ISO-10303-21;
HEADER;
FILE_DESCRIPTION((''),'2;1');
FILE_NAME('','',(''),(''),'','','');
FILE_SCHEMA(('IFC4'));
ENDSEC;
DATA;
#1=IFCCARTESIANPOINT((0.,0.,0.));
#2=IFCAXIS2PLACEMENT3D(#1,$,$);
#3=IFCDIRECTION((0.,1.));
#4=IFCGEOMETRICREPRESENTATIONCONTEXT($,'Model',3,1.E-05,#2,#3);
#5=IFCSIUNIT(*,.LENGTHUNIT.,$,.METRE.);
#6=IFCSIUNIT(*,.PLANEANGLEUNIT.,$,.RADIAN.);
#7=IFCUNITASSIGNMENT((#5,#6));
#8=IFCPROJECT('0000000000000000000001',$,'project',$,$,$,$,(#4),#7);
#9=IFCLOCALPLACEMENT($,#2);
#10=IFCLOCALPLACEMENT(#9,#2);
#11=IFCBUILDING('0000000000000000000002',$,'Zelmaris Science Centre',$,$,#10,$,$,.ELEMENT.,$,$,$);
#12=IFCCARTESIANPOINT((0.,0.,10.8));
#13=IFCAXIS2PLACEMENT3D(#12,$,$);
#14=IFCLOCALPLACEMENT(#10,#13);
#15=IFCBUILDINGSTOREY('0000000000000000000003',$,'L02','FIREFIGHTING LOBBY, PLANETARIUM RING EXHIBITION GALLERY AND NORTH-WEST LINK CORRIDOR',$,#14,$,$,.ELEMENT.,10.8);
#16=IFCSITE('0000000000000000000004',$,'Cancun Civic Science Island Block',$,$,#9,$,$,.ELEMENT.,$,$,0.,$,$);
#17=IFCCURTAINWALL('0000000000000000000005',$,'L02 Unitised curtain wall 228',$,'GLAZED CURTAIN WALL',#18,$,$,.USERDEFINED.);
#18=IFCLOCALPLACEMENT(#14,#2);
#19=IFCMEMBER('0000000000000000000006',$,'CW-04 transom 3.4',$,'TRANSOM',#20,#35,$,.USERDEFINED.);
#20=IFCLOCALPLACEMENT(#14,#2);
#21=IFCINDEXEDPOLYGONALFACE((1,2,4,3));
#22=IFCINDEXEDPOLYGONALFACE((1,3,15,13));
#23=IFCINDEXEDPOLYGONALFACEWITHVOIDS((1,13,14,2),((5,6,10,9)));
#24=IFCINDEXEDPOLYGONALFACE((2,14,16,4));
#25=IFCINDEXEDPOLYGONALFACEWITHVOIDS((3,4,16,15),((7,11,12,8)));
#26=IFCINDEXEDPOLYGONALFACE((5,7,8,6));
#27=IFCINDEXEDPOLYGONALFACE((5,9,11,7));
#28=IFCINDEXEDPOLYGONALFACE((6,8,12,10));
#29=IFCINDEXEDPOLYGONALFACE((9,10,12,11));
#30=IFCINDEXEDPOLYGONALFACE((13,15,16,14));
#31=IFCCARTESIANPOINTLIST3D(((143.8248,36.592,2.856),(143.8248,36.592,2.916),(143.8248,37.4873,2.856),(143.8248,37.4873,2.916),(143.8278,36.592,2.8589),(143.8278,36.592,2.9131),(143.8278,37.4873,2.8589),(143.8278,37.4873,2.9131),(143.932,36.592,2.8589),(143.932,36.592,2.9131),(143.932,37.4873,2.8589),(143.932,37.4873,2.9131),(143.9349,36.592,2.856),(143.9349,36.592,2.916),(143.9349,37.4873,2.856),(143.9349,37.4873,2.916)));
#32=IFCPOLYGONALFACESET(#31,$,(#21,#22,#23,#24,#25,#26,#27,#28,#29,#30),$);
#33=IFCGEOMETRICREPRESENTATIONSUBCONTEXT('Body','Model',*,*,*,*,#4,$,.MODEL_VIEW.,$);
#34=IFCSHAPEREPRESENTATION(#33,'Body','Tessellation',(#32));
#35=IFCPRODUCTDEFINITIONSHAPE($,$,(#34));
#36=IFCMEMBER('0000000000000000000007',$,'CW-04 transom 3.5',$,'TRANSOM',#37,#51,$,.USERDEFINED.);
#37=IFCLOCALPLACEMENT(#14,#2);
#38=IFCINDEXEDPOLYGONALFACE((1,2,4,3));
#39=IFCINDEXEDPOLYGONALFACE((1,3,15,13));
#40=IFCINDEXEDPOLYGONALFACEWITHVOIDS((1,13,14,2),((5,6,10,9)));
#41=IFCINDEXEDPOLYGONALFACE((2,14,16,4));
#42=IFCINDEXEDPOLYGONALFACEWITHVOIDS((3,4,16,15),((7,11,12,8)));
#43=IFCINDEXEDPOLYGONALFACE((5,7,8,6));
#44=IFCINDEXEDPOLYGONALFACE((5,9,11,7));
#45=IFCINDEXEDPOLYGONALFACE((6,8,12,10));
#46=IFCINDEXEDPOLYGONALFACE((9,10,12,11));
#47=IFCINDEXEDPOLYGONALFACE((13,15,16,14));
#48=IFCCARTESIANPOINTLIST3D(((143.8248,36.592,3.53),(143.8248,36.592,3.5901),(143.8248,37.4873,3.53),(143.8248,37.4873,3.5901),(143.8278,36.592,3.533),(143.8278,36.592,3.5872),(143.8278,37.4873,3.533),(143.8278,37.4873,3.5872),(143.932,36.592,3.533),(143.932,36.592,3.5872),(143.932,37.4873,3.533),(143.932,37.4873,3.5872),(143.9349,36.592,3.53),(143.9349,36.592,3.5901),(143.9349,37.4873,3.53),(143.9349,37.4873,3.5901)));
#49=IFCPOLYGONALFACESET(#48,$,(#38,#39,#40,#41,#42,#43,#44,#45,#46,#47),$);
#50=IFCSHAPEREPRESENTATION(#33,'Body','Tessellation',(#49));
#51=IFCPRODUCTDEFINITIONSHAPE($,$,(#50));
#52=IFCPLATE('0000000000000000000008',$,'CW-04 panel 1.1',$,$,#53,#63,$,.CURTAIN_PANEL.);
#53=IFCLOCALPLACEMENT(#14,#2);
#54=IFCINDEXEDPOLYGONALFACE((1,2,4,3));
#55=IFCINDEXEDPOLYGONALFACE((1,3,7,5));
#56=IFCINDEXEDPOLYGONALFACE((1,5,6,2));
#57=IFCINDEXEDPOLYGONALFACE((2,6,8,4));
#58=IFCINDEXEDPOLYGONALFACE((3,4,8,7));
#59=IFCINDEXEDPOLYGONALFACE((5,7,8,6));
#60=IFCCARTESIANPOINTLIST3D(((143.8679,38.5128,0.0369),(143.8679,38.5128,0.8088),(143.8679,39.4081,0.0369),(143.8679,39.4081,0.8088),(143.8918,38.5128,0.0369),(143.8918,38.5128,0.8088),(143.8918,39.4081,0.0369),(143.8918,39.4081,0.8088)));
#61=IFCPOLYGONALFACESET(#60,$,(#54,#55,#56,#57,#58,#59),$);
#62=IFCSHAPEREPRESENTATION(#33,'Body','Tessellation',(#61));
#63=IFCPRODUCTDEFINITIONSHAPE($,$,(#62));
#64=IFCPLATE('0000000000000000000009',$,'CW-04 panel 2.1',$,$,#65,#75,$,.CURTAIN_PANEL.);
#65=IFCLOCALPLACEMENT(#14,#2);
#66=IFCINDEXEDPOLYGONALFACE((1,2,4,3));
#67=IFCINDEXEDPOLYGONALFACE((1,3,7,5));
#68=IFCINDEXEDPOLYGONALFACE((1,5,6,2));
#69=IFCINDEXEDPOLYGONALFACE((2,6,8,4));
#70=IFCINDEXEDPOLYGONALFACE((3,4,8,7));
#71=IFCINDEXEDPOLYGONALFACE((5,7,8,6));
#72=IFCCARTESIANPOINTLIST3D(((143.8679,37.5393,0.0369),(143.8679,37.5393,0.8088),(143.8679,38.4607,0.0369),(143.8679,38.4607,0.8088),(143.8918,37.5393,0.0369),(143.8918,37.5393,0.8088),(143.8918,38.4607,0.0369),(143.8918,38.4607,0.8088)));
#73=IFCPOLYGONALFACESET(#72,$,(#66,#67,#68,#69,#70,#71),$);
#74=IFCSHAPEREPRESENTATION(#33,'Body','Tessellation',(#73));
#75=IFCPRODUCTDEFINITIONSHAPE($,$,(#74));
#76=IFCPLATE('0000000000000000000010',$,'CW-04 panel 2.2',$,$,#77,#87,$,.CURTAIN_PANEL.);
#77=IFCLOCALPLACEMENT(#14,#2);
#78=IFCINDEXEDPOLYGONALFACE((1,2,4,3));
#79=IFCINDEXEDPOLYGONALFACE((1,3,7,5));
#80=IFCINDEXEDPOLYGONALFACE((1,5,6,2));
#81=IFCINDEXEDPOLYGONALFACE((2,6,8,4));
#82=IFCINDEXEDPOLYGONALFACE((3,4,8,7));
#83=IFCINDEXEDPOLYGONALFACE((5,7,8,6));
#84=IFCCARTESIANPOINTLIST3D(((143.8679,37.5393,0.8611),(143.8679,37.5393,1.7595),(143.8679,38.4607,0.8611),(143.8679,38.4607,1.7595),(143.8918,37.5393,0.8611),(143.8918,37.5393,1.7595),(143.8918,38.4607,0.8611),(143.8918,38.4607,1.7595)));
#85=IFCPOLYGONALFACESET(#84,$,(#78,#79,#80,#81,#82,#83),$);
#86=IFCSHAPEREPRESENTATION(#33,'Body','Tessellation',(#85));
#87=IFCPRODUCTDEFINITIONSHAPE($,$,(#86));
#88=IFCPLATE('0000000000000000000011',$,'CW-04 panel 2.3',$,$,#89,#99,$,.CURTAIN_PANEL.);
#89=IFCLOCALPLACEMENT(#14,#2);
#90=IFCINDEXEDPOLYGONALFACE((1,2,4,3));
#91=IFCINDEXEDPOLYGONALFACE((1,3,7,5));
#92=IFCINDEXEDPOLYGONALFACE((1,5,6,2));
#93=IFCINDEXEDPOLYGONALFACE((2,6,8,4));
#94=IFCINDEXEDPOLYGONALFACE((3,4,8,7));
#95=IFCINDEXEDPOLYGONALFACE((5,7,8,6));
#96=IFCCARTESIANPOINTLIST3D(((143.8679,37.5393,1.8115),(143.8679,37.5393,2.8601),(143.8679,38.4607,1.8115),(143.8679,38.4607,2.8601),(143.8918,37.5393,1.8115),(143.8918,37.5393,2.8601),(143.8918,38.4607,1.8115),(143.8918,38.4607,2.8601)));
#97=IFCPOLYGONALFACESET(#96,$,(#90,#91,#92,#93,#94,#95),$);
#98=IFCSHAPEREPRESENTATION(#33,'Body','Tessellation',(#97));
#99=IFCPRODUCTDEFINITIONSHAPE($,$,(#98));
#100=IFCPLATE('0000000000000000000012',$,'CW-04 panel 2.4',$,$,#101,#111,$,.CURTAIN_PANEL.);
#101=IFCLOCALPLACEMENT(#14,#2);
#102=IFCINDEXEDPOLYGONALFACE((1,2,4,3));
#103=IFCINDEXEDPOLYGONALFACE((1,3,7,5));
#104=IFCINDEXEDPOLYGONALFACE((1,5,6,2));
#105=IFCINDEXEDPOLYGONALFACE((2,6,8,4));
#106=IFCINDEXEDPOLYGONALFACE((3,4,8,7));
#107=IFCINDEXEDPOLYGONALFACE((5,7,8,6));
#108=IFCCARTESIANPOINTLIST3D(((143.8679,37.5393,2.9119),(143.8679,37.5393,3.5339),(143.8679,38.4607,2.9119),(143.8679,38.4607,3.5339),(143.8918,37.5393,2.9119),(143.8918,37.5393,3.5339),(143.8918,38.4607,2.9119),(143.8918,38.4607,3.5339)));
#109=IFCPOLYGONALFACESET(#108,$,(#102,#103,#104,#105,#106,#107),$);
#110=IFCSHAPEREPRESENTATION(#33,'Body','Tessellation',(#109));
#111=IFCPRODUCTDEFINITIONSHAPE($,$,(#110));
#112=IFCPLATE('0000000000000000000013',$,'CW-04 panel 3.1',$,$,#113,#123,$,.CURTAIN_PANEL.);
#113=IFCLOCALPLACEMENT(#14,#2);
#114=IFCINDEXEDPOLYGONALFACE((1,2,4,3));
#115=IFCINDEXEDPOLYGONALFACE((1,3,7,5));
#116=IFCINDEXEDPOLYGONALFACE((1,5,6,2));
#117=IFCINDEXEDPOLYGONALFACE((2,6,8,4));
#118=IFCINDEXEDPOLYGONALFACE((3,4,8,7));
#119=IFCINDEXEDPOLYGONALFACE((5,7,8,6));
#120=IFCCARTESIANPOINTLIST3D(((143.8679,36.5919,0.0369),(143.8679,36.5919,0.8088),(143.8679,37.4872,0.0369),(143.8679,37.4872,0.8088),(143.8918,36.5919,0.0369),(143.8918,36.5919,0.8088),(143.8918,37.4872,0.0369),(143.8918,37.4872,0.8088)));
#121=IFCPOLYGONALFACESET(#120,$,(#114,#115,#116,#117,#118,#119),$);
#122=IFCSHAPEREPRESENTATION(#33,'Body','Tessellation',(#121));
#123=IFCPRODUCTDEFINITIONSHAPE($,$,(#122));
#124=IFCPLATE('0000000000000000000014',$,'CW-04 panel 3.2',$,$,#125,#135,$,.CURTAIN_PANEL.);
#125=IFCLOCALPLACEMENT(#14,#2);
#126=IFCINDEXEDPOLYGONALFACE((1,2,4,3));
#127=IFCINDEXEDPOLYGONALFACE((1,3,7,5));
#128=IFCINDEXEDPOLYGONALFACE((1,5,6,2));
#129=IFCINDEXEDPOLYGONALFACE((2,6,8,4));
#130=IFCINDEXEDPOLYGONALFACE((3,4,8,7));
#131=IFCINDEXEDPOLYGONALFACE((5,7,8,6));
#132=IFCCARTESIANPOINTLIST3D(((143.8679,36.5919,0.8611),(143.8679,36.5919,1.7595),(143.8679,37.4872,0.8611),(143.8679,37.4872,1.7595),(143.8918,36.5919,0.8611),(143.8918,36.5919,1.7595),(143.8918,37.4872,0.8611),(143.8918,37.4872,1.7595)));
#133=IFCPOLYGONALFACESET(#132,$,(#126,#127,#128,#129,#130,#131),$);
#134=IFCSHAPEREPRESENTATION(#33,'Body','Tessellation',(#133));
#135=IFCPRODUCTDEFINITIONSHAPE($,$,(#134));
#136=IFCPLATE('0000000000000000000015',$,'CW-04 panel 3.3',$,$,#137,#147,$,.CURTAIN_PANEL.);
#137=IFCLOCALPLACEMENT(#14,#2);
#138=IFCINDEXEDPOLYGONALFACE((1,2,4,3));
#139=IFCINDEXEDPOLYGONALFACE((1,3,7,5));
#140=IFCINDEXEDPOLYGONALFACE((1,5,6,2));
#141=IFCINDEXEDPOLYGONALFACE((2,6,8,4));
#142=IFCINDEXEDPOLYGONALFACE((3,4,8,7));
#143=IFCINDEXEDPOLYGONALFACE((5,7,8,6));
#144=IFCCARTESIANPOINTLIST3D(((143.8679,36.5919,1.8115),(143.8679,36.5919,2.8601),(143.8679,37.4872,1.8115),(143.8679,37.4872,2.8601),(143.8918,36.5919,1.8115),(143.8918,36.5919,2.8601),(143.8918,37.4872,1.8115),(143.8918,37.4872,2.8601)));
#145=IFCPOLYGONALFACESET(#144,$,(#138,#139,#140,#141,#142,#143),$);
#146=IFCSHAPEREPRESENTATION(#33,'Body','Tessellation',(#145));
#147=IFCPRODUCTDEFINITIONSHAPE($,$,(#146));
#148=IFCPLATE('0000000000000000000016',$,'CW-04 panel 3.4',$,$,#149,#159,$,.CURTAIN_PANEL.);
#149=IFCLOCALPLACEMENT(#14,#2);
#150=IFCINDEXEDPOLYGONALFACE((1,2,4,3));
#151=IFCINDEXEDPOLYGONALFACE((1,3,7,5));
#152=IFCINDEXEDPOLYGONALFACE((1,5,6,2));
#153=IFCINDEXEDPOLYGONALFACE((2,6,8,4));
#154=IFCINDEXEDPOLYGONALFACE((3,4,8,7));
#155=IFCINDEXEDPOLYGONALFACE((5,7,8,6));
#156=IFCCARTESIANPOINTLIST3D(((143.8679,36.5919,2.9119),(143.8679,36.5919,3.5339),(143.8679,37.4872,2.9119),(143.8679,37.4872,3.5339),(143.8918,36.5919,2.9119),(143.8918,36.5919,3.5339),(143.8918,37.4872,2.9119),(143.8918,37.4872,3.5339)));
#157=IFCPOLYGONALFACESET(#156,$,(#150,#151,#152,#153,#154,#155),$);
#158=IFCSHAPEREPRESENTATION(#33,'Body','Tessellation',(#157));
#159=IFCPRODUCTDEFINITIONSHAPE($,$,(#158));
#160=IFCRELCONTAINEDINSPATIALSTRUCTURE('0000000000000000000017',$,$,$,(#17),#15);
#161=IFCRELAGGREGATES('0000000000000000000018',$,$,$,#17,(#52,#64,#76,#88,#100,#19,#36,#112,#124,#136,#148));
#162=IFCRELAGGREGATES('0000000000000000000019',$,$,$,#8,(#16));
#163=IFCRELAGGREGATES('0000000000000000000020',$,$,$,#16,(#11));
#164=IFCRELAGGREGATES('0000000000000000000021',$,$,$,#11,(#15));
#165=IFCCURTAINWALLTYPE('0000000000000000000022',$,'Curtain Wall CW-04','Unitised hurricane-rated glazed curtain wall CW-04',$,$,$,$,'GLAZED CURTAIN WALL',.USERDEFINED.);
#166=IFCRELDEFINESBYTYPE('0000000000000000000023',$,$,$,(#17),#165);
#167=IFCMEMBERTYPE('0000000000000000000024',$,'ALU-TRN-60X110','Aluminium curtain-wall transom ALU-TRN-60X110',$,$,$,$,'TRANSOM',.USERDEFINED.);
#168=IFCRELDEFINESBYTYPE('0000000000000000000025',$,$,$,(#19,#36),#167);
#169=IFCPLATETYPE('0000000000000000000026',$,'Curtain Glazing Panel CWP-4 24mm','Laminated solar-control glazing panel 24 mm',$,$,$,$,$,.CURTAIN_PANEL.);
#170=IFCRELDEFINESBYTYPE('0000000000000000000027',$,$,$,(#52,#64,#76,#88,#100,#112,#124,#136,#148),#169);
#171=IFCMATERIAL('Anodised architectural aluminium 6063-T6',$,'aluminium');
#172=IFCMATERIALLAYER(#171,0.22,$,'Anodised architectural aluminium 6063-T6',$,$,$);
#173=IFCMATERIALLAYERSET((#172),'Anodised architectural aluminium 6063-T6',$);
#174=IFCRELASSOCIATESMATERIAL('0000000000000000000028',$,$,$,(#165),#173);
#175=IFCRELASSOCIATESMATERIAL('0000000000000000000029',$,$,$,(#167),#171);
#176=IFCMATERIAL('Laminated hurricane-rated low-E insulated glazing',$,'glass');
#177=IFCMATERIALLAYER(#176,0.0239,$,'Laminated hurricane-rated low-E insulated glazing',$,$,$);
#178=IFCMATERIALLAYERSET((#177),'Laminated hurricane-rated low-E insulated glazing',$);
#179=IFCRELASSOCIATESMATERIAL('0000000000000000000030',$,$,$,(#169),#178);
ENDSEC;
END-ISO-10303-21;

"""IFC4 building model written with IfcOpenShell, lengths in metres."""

from ifc_helpers import new_model, si_unit, direction, frame, origin, origin_2d, place, context, subcontext, project, spatial, rectangle, hollow_rectangle, extrude, material, layer, layer_set, material_profile, profile_set, type_object, element, aggregate, save


model = new_model("IFC4")

# Units and contexts
model_context = context("Model", 3, precision=1e-05, world=origin(), true_north=direction((0.0, 1.0)))
body_context = subcontext(model_context, "Body", "Model", "MODEL_VIEW")
ifc_project = project(units=[si_unit("LENGTHUNIT", "METRE"), si_unit("PLANEANGLEUNIT", "RADIAN")], contexts=[model_context])

# Site, building, storey
site_placement = place(None, origin())
site = spatial("IfcSite", under=ifc_project, at=site_placement, Name="Cancun Civic Science Island Block", CompositionType="ELEMENT", RefElevation=0.0)
building_placement = place(site_placement, origin())
building = spatial("IfcBuilding", under=site, at=building_placement, Name="Zelmaris Science Centre", CompositionType="ELEMENT")
storey_placement = place(building_placement, frame((0.0, 0.0, 10.8)))
storey = spatial("IfcBuildingStorey", under=building, at=storey_placement, Name="L02", Description="FIREFIGHTING LOBBY, PLANETARIUM RING EXHIBITION GALLERY AND NORTH-WEST LINK CORRIDOR", CompositionType="ELEMENT", Elevation=10.8)

# Curtain wall, members, plates
ifc_material_1 = material(Name="Anodised architectural aluminium 6063-T6", Category="aluminium")
ifc_layer_1 = layer(ifc_material_1, 0.22, Name="Anodised architectural aluminium 6063-T6")
ifc_layer_set_1 = layer_set([ifc_layer_1], Name="Anodised architectural aluminium 6063-T6")
curtain_wall_type = type_object("IfcCurtainWallType", Name="Curtain Wall CW-04", Description="Unitised hurricane-rated glazed curtain wall CW-04", ElementType="GLAZED CURTAIN WALL", PredefinedType="USERDEFINED", material=ifc_layer_set_1)
curtain_wall_placement = place(storey_placement, origin())
curtain_wall = element("IfcCurtainWall", 1, at=curtain_wall_placement, inside=storey, type_object=curtain_wall_type, Name="L02 Unitised curtain wall 228", ObjectType="GLAZED CURTAIN WALL", PredefinedType="USERDEFINED")
ifc_material_profile_1 = material_profile(ifc_material_1, hollow_rectangle(XDim=0.0601, YDim=0.1101, WallThickness=0.0029, at=origin_2d()), Name="ALU-TRN-60X110")
ifc_profile_set_1 = profile_set([ifc_material_profile_1], Name="Anodised architectural aluminium 6063-T6")
member_type_1 = type_object("IfcMemberType", Name="ALU-TRN-60X110", Description="Aluminium curtain-wall transom ALU-TRN-60X110", ElementType="TRANSOM", PredefinedType="USERDEFINED", material=ifc_profile_set_1)
member_1_placement = place(storey_placement, frame((143.8799, 37.4873, 2.886), z_axis=(0.0, -1.0, 0.0), x_axis=(0.0, 0.0, 1.0)))
member_1 = element("IfcMember", 2, at=member_1_placement, type_object=member_type_1, Name="CW-04 transom 3.4", ObjectType="TRANSOM", PredefinedType="USERDEFINED", context=body_context, shape_type="SweptSolid", body=[
    extrude(hollow_rectangle(XDim=0.0601, YDim=0.1101, WallThickness=0.0029, at=origin_2d()), origin(), (0.0, 0.0, 1.0), 0.8953),
])
member_2_placement = place(storey_placement, frame((143.8799, 37.4873, 3.5601), z_axis=(0.0, -1.0, 0.0), x_axis=(0.0, 0.0, 1.0)))
member_2 = element("IfcMember", 3, at=member_2_placement, type_object=member_type_1, Name="CW-04 transom 3.5", ObjectType="TRANSOM", PredefinedType="USERDEFINED", context=body_context, shape_type="SweptSolid", body=[
    extrude(hollow_rectangle(XDim=0.0601, YDim=0.1101, WallThickness=0.0029, at=origin_2d()), origin(), (0.0, 0.0, 1.0), 0.8953),
])
ifc_material_2 = material(Name="Laminated hurricane-rated low-E insulated glazing", Category="glass")
ifc_layer_2 = layer(ifc_material_2, 0.0239, Name="Laminated hurricane-rated low-E insulated glazing")
ifc_layer_set_2 = layer_set([ifc_layer_2], Name="Laminated hurricane-rated low-E insulated glazing")
plate_type = type_object("IfcPlateType", Name="Curtain Glazing Panel CWP-4 24mm", Description="Laminated solar-control glazing panel 24 mm", PredefinedType="CURTAIN_PANEL", material=ifc_layer_set_2)
plate_1_placement = place(storey_placement, frame((143.8799, 38.9604, 0.0369), z_axis=(0.0, 0.0, 1.0), x_axis=(0.0, -1.0, 0.0)))
plate_1 = element("IfcPlate", 4, at=plate_1_placement, type_object=plate_type, Name="CW-04 panel 1.1", PredefinedType="CURTAIN_PANEL", context=body_context, shape_type="SweptSolid", body=[
    extrude(rectangle(XDim=0.8953, YDim=0.0239, at=origin_2d()), origin(), (0.0, 0.0, 1.0), 0.772),
])
plate_2_placement = place(storey_placement, frame((143.8799, 38.0, 0.0369), z_axis=(0.0, 0.0, 1.0), x_axis=(0.0, -1.0, 0.0)))
plate_2 = element("IfcPlate", 5, at=plate_2_placement, type_object=plate_type, Name="CW-04 panel 2.1", PredefinedType="CURTAIN_PANEL", context=body_context, shape_type="SweptSolid", body=[
    extrude(rectangle(XDim=0.9214, YDim=0.0239, at=origin_2d()), origin(), (0.0, 0.0, 1.0), 0.772),
])
plate_3_placement = place(storey_placement, frame((143.8799, 38.0, 0.8611), z_axis=(0.0, 0.0, 1.0), x_axis=(0.0, -1.0, 0.0)))
plate_3 = element("IfcPlate", 6, at=plate_3_placement, type_object=plate_type, Name="CW-04 panel 2.2", PredefinedType="CURTAIN_PANEL", context=body_context, shape_type="SweptSolid", body=[
    extrude(rectangle(XDim=0.9214, YDim=0.0239, at=origin_2d()), origin(), (0.0, 0.0, 1.0), 0.8984),
])
plate_4_placement = place(storey_placement, frame((143.8799, 38.0, 1.8115), z_axis=(0.0, 0.0, 1.0), x_axis=(0.0, -1.0, 0.0)))
plate_4 = element("IfcPlate", 7, at=plate_4_placement, type_object=plate_type, Name="CW-04 panel 2.3", PredefinedType="CURTAIN_PANEL", context=body_context, shape_type="SweptSolid", body=[
    extrude(rectangle(XDim=0.9214, YDim=0.0239, at=origin_2d()), origin(), (0.0, 0.0, 1.0), 1.0486),
])
plate_5_placement = place(storey_placement, frame((143.8799, 38.0, 2.9119), z_axis=(0.0, 0.0, 1.0), x_axis=(0.0, -1.0, 0.0)))
plate_5 = element("IfcPlate", 8, at=plate_5_placement, type_object=plate_type, Name="CW-04 panel 2.4", PredefinedType="CURTAIN_PANEL", context=body_context, shape_type="SweptSolid", body=[
    extrude(rectangle(XDim=0.9214, YDim=0.0239, at=origin_2d()), origin(), (0.0, 0.0, 1.0), 0.6221),
])
plate_6_placement = place(storey_placement, frame((143.8799, 37.0396, 0.0369), z_axis=(0.0, 0.0, 1.0), x_axis=(0.0, -1.0, 0.0)))
plate_6 = element("IfcPlate", 9, at=plate_6_placement, type_object=plate_type, Name="CW-04 panel 3.1", PredefinedType="CURTAIN_PANEL", context=body_context, shape_type="SweptSolid", body=[
    extrude(rectangle(XDim=0.8953, YDim=0.0239, at=origin_2d()), origin(), (0.0, 0.0, 1.0), 0.772),
])
plate_7_placement = place(storey_placement, frame((143.8799, 37.0396, 0.8611), z_axis=(0.0, 0.0, 1.0), x_axis=(0.0, -1.0, 0.0)))
plate_7 = element("IfcPlate", 10, at=plate_7_placement, type_object=plate_type, Name="CW-04 panel 3.2", PredefinedType="CURTAIN_PANEL", context=body_context, shape_type="SweptSolid", body=[
    extrude(rectangle(XDim=0.8953, YDim=0.0239, at=origin_2d()), origin(), (0.0, 0.0, 1.0), 0.8984),
])
plate_8_placement = place(storey_placement, frame((143.8799, 37.0396, 1.8115), z_axis=(0.0, 0.0, 1.0), x_axis=(0.0, -1.0, 0.0)))
plate_8 = element("IfcPlate", 11, at=plate_8_placement, type_object=plate_type, Name="CW-04 panel 3.3", PredefinedType="CURTAIN_PANEL", context=body_context, shape_type="SweptSolid", body=[
    extrude(rectangle(XDim=0.8953, YDim=0.0239, at=origin_2d()), origin(), (0.0, 0.0, 1.0), 1.0486),
])
plate_9_placement = place(storey_placement, frame((143.8799, 37.0396, 2.9119), z_axis=(0.0, 0.0, 1.0), x_axis=(0.0, -1.0, 0.0)))
plate_9 = element("IfcPlate", 12, at=plate_9_placement, type_object=plate_type, Name="CW-04 panel 3.4", PredefinedType="CURTAIN_PANEL", context=body_context, shape_type="SweptSolid", body=[
    extrude(rectangle(XDim=0.8953, YDim=0.0239, at=origin_2d()), origin(), (0.0, 0.0, 1.0), 0.6221),
])
aggregate(curtain_wall, [plate_1, plate_2, plate_3, plate_4, plate_5, member_1, member_2, plate_6, plate_7, plate_8, plate_9])

save(model, "model.ifc")
